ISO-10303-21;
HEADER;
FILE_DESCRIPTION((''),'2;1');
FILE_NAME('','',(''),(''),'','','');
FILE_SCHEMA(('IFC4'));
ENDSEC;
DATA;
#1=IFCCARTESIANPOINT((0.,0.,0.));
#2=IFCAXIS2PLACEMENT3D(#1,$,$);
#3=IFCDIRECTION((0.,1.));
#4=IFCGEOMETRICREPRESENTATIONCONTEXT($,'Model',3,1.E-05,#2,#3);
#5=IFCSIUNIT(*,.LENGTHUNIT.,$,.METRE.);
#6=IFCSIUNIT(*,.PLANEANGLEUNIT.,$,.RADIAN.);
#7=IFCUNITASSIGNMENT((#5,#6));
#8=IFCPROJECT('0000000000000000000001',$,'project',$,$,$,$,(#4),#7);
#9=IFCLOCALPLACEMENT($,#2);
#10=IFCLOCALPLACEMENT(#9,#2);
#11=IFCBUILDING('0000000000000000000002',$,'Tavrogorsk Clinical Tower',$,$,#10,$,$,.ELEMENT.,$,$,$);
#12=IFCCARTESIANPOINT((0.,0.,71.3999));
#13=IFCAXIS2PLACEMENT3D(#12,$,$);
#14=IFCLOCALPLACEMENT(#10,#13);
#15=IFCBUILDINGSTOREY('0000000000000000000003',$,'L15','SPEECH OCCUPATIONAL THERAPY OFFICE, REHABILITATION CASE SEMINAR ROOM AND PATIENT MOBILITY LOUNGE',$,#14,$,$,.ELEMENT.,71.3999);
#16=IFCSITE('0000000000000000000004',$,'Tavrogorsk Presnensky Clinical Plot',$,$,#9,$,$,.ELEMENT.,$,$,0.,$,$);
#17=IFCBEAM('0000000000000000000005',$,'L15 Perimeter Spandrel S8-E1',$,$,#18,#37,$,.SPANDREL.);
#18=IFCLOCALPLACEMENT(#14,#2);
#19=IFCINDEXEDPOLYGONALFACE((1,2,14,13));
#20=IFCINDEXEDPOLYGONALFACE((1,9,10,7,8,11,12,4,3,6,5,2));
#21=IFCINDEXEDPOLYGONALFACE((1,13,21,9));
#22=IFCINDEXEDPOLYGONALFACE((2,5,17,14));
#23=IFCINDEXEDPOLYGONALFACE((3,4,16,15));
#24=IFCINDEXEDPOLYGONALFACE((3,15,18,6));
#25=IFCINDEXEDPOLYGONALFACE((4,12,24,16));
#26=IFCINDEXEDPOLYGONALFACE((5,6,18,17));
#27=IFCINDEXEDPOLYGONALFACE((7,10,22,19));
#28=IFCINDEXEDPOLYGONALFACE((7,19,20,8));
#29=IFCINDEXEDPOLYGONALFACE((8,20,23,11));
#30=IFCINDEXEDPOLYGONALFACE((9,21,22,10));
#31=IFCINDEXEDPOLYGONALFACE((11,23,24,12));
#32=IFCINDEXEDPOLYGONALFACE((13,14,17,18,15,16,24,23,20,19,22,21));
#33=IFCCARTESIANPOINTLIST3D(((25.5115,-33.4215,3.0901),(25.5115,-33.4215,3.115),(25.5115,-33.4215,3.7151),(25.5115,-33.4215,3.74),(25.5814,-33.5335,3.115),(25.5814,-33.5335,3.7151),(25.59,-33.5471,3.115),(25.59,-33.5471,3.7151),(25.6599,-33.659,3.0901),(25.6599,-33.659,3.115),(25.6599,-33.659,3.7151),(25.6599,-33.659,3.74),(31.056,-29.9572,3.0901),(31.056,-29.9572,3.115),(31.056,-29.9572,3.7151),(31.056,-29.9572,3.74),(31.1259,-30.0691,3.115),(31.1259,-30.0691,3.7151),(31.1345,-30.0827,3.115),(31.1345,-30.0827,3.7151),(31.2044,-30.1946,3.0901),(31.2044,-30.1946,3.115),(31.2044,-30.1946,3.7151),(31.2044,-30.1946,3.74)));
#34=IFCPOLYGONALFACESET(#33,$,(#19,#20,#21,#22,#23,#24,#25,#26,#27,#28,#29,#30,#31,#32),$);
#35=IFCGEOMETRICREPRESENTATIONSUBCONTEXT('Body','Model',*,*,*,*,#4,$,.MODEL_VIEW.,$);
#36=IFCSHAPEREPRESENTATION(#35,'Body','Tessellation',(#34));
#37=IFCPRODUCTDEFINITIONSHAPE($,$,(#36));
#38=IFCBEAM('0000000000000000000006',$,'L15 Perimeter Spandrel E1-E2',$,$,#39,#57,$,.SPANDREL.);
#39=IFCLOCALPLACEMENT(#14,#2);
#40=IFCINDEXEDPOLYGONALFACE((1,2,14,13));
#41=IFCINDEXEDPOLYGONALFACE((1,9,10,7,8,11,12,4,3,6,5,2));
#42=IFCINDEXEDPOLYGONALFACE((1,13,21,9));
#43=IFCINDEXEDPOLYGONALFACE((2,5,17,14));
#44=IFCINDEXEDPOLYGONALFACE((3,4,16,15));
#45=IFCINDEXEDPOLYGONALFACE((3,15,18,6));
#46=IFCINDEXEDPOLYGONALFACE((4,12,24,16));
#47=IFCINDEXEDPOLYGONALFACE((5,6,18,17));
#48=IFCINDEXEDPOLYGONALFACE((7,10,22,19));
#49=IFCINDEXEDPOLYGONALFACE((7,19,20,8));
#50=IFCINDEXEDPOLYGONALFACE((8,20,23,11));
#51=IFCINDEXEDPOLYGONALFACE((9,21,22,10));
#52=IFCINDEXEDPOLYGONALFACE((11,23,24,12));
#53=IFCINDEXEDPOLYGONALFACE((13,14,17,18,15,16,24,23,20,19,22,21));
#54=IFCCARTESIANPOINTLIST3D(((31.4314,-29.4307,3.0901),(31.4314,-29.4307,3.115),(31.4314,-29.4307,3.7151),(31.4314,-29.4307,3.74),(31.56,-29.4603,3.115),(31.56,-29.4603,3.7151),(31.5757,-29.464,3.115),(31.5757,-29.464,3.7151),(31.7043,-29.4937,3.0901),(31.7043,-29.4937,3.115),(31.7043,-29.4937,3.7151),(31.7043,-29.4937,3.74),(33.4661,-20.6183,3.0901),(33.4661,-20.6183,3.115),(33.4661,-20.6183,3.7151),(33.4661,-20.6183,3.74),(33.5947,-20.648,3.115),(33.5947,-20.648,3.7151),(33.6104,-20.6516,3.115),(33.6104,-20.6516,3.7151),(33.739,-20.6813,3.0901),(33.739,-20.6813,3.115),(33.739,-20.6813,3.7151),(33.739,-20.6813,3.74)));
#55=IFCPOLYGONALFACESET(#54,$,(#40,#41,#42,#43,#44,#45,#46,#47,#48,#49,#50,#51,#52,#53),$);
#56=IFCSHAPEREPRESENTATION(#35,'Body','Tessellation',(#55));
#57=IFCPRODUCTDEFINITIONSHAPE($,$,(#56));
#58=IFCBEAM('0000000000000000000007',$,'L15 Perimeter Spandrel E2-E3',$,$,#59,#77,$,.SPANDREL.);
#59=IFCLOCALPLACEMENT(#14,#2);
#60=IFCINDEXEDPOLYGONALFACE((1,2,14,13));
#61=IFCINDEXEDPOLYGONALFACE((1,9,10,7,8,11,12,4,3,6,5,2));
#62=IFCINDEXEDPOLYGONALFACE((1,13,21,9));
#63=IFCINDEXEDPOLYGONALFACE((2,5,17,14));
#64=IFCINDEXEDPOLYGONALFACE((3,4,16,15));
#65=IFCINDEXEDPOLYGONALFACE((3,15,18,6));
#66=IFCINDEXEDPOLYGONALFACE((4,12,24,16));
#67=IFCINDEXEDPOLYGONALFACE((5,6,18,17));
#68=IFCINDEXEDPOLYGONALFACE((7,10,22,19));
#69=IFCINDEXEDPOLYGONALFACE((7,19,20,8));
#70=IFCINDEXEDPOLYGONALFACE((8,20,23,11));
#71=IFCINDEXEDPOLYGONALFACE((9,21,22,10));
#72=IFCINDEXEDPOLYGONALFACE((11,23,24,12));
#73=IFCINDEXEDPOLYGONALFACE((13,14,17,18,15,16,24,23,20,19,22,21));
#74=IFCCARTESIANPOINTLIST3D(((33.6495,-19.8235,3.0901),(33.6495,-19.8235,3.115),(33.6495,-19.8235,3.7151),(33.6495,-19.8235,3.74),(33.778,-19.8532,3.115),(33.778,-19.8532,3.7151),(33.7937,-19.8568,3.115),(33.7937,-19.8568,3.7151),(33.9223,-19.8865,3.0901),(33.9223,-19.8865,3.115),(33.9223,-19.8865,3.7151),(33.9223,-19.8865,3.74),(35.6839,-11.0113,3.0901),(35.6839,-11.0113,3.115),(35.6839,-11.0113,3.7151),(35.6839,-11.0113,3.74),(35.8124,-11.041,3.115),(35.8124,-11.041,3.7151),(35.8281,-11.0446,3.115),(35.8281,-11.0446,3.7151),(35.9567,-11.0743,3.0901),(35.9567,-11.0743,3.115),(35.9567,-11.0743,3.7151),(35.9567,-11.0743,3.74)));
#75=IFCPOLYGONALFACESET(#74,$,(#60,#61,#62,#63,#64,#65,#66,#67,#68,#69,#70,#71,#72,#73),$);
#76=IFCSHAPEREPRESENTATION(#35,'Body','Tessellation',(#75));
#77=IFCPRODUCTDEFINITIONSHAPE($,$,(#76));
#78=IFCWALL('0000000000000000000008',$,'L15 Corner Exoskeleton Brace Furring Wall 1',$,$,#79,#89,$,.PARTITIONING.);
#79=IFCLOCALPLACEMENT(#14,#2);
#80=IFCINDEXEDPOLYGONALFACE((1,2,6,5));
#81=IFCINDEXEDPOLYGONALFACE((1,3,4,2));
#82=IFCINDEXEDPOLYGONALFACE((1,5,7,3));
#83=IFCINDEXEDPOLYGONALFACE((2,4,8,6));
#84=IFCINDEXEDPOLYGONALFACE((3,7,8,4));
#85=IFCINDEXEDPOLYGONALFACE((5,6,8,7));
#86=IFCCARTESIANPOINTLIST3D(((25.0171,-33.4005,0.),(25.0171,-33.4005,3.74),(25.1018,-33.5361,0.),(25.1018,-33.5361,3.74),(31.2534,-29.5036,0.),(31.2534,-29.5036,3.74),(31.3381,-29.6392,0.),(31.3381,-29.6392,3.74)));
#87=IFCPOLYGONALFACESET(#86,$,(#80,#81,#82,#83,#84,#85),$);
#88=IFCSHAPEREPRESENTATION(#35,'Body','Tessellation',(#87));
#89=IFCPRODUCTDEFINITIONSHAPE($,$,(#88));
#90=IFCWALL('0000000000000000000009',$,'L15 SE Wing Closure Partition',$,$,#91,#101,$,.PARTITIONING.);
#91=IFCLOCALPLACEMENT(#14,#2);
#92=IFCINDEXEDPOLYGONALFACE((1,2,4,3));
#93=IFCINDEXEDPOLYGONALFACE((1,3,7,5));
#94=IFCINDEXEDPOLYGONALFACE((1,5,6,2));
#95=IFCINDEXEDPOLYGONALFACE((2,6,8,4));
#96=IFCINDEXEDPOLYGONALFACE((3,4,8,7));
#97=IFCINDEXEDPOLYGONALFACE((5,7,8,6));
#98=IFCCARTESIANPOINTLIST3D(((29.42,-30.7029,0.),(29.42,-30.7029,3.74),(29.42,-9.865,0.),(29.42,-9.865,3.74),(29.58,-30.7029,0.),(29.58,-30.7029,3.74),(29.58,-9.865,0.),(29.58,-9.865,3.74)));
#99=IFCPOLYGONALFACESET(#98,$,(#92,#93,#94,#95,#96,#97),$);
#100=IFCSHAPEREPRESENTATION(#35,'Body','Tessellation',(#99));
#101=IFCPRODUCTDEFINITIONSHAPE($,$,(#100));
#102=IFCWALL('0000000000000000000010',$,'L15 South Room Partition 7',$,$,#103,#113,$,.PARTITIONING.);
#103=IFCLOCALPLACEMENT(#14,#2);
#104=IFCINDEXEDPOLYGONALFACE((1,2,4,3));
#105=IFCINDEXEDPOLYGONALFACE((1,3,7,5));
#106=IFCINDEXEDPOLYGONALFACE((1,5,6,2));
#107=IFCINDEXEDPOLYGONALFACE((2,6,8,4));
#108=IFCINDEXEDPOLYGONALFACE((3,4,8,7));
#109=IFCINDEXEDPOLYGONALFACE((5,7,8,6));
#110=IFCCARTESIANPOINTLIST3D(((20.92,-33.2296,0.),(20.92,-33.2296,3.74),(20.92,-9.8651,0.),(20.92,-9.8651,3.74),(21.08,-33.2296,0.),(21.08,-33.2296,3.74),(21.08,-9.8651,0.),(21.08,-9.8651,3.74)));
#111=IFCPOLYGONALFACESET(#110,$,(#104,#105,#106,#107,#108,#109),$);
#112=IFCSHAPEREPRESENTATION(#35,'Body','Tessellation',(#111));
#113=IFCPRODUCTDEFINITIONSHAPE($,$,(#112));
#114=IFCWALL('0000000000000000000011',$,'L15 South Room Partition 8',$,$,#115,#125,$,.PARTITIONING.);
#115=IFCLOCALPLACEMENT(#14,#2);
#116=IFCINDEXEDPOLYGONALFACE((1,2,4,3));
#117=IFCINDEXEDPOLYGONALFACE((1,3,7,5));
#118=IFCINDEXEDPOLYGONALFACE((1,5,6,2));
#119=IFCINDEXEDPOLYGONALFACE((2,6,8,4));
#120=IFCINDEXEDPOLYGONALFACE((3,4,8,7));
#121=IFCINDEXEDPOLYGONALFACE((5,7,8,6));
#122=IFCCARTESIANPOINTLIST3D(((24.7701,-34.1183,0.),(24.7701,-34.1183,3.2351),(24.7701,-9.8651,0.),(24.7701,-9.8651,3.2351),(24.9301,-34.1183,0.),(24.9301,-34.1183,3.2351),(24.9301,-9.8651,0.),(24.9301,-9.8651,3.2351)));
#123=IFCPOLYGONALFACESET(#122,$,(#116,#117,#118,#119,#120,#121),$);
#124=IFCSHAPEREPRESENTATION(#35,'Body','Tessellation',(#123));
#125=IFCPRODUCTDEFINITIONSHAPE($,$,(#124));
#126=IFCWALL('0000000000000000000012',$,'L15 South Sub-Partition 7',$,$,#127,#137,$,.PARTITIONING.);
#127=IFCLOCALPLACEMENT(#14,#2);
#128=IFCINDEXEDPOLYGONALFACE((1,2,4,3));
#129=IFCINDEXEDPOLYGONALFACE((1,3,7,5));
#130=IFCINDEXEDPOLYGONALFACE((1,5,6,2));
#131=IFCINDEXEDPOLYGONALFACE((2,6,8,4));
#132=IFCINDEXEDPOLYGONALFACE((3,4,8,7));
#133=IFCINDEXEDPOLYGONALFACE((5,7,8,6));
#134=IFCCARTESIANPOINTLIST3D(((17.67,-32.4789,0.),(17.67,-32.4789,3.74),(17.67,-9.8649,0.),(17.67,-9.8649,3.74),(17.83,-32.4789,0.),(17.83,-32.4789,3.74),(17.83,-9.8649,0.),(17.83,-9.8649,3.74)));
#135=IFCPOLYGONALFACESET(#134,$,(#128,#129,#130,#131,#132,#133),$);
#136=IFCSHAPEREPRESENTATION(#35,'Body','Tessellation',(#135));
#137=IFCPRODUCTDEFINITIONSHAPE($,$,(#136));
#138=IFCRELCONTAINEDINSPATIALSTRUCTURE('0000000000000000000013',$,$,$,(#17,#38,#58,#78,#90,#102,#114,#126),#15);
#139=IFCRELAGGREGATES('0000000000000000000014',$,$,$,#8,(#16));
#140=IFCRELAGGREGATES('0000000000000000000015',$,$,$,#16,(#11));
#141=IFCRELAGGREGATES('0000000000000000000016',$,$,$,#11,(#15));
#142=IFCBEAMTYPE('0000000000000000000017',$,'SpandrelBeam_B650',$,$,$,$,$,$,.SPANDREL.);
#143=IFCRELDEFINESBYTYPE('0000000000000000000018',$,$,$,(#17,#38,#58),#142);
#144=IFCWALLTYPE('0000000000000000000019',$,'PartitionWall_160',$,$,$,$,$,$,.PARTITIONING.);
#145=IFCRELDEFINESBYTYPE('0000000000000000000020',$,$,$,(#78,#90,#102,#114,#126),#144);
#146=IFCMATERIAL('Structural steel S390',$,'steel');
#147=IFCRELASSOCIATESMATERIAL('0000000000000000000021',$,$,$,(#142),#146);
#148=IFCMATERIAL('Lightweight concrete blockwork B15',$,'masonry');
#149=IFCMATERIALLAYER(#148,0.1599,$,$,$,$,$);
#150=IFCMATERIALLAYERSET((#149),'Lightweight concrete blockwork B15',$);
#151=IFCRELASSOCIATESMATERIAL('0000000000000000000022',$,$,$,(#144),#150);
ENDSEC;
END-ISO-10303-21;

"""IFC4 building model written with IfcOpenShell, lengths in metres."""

from ifc_helpers import new_model, si_unit, direction, frame, frame_2d, origin, origin_2d, place, context, subcontext, project, spatial, rectangle, i_section, extrude, material, layer, layer_set, material_profile, profile_set, type_object, element, save


model = new_model("IFC4")

# Units and contexts
model_context = context("Model", 3, precision=1e-05, world=origin(), true_north=direction((0.0, 1.0)))
body_context = subcontext(model_context, "Body", "Model", "MODEL_VIEW")
ifc_project = project(units=[si_unit("LENGTHUNIT", "METRE"), si_unit("PLANEANGLEUNIT", "RADIAN")], contexts=[model_context])

# Site, building, storey
site_placement = place(None, origin())
site = spatial("IfcSite", under=ifc_project, at=site_placement, Name="Tavrogorsk Presnensky Clinical Plot", CompositionType="ELEMENT", RefElevation=0.0)
building_placement = place(site_placement, origin())
building = spatial("IfcBuilding", under=site, at=building_placement, Name="Tavrogorsk Clinical Tower", CompositionType="ELEMENT")
storey_placement = place(building_placement, frame((0.0, 0.0, 71.3999)))
storey = spatial("IfcBuildingStorey", under=building, at=storey_placement, Name="L15", Description="SPEECH OCCUPATIONAL THERAPY OFFICE, REHABILITATION CASE SEMINAR ROOM AND PATIENT MOBILITY LOUNGE", CompositionType="ELEMENT", Elevation=71.3999)

# Beams
ifc_material_1 = material(Name="Structural steel S390", Category="steel")
ifc_material_profile_1 = material_profile(ifc_material_1, i_section(OverallWidth=0.28, OverallDepth=0.6499, WebThickness=0.0161, FlangeThickness=0.0249, at=origin_2d()), Name="B-650x280x16x25")
ifc_profile_set_1 = profile_set([ifc_material_profile_1], Name="Structural steel S390")
beam_type_1 = type_object("IfcBeamType", Name="SpandrelBeam_B650", PredefinedType="SPANDREL", material=ifc_profile_set_1)
beam_1_placement = place(storey_placement, frame((25.5857, -33.5403, 3.415), z_axis=(0.848061, 0.529898, 0.0), x_axis=(-0.529898, 0.848061, 0.0)))
element("IfcBeam", 1, at=beam_1_placement, inside=storey, type_object=beam_type_1, Name="L15 Perimeter Spandrel S8-E1", PredefinedType="SPANDREL", context=body_context, shape_type="SweptSolid", body=[
    extrude(i_section(OverallWidth=0.28, OverallDepth=0.6499, WebThickness=0.0161, FlangeThickness=0.0249, at=origin_2d()), origin(), (0.0, 0.0, 1.0), 6.5378),
])
beam_2_placement = place(storey_placement, frame((31.5679, -29.4622, 3.415), z_axis=(0.224972, 0.974365, 0.0), x_axis=(-0.974365, 0.224972, 0.0)))
element("IfcBeam", 2, at=beam_2_placement, inside=storey, type_object=beam_type_1, Name="L15 Perimeter Spandrel E1-E2", PredefinedType="SPANDREL", context=body_context, shape_type="SweptSolid", body=[
    extrude(i_section(OverallWidth=0.28, OverallDepth=0.6499, WebThickness=0.0161, FlangeThickness=0.0249, at=origin_2d()), origin(), (0.0, 0.0, 1.0), 9.0442),
])
beam_3_placement = place(storey_placement, frame((33.7859, -19.855, 3.415), z_axis=(0.224946, 0.974371, 0.0), x_axis=(-0.974371, 0.224946, 0.0)))
element("IfcBeam", 3, at=beam_3_placement, inside=storey, type_object=beam_type_1, Name="L15 Perimeter Spandrel E2-E3", PredefinedType="SPANDREL", context=body_context, shape_type="SweptSolid", body=[
    extrude(i_section(OverallWidth=0.28, OverallDepth=0.6499, WebThickness=0.0161, FlangeThickness=0.0249, at=origin_2d()), origin(), (0.0, 0.0, 1.0), 9.0439),
])

# Walls
ifc_material_2 = material(Name="Lightweight concrete blockwork B15", Category="masonry")
ifc_layer_1 = layer(ifc_material_2, 0.1599)
ifc_layer_set_1 = layer_set([ifc_layer_1], Name="Lightweight concrete blockwork B15")
wall_type_1 = type_object("IfcWallType", Name="PartitionWall_160", PredefinedType="PARTITIONING", material=ifc_layer_set_1)
wall_1_placement = place(storey_placement, frame((25.0596, -33.4683, 0.0), z_axis=(0.0, 0.0, 1.0), x_axis=(0.848043, 0.529927, 0.0)))
element("IfcWall", 4, at=wall_1_placement, inside=storey, type_object=wall_type_1, Name="L15 Corner Exoskeleton Brace Furring Wall 1", PredefinedType="PARTITIONING", context=body_context, shape_type="SweptSolid", body=[
    extrude(rectangle(XDim=7.3538, YDim=0.1599, at=frame_2d((3.6768, 0.0))), origin(), (0.0, 0.0, 1.0), 3.74),
])
wall_2_placement = place(storey_placement, frame((29.5, -30.7029, 0.0), z_axis=(0.0, 0.0, 1.0), x_axis=(0.0, 1.0, 0.0)))
element("IfcWall", 5, at=wall_2_placement, inside=storey, type_object=wall_type_1, Name="L15 SE Wing Closure Partition", PredefinedType="PARTITIONING", context=body_context, shape_type="SweptSolid", body=[
    extrude(rectangle(XDim=20.8379, YDim=0.1599, at=frame_2d((10.4189, 0.0))), origin(), (0.0, 0.0, 1.0), 3.74),
])
wall_3_placement = place(storey_placement, frame((21.0, -33.2295, 0.0), z_axis=(0.0, 0.0, 1.0), x_axis=(0.0, 1.0, 0.0)))
element("IfcWall", 6, at=wall_3_placement, inside=storey, type_object=wall_type_1, Name="L15 South Room Partition 7", PredefinedType="PARTITIONING", context=body_context, shape_type="SweptSolid", body=[
    extrude(rectangle(XDim=23.3645, YDim=0.1599, at=frame_2d((11.6821, 0.0))), origin(), (0.0, 0.0, 1.0), 3.74),
])
wall_4_placement = place(storey_placement, frame((24.8501, -34.1182, 0.0), z_axis=(0.0, 0.0, 1.0), x_axis=(0.0, 1.0, 0.0)))
element("IfcWall", 7, at=wall_4_placement, inside=storey, type_object=wall_type_1, Name="L15 South Room Partition 8", PredefinedType="PARTITIONING", context=body_context, shape_type="SweptSolid", body=[
    extrude(rectangle(XDim=24.2532, YDim=0.1599, at=frame_2d((12.1265, 0.0))), origin(), (0.0, 0.0, 1.0), 3.2351),
])
wall_5_placement = place(storey_placement, frame((17.75, -32.479, 0.0), z_axis=(0.0, 0.0, 1.0), x_axis=(0.0, 1.0, 0.0)))
element("IfcWall", 8, at=wall_5_placement, inside=storey, type_object=wall_type_1, Name="L15 South Sub-Partition 7", PredefinedType="PARTITIONING", context=body_context, shape_type="SweptSolid", body=[
    extrude(rectangle(XDim=22.614, YDim=0.1599, at=frame_2d((11.3071, 0.0))), origin(), (0.0, 0.0, 1.0), 3.74),
])

save(model, "model.ifc")
